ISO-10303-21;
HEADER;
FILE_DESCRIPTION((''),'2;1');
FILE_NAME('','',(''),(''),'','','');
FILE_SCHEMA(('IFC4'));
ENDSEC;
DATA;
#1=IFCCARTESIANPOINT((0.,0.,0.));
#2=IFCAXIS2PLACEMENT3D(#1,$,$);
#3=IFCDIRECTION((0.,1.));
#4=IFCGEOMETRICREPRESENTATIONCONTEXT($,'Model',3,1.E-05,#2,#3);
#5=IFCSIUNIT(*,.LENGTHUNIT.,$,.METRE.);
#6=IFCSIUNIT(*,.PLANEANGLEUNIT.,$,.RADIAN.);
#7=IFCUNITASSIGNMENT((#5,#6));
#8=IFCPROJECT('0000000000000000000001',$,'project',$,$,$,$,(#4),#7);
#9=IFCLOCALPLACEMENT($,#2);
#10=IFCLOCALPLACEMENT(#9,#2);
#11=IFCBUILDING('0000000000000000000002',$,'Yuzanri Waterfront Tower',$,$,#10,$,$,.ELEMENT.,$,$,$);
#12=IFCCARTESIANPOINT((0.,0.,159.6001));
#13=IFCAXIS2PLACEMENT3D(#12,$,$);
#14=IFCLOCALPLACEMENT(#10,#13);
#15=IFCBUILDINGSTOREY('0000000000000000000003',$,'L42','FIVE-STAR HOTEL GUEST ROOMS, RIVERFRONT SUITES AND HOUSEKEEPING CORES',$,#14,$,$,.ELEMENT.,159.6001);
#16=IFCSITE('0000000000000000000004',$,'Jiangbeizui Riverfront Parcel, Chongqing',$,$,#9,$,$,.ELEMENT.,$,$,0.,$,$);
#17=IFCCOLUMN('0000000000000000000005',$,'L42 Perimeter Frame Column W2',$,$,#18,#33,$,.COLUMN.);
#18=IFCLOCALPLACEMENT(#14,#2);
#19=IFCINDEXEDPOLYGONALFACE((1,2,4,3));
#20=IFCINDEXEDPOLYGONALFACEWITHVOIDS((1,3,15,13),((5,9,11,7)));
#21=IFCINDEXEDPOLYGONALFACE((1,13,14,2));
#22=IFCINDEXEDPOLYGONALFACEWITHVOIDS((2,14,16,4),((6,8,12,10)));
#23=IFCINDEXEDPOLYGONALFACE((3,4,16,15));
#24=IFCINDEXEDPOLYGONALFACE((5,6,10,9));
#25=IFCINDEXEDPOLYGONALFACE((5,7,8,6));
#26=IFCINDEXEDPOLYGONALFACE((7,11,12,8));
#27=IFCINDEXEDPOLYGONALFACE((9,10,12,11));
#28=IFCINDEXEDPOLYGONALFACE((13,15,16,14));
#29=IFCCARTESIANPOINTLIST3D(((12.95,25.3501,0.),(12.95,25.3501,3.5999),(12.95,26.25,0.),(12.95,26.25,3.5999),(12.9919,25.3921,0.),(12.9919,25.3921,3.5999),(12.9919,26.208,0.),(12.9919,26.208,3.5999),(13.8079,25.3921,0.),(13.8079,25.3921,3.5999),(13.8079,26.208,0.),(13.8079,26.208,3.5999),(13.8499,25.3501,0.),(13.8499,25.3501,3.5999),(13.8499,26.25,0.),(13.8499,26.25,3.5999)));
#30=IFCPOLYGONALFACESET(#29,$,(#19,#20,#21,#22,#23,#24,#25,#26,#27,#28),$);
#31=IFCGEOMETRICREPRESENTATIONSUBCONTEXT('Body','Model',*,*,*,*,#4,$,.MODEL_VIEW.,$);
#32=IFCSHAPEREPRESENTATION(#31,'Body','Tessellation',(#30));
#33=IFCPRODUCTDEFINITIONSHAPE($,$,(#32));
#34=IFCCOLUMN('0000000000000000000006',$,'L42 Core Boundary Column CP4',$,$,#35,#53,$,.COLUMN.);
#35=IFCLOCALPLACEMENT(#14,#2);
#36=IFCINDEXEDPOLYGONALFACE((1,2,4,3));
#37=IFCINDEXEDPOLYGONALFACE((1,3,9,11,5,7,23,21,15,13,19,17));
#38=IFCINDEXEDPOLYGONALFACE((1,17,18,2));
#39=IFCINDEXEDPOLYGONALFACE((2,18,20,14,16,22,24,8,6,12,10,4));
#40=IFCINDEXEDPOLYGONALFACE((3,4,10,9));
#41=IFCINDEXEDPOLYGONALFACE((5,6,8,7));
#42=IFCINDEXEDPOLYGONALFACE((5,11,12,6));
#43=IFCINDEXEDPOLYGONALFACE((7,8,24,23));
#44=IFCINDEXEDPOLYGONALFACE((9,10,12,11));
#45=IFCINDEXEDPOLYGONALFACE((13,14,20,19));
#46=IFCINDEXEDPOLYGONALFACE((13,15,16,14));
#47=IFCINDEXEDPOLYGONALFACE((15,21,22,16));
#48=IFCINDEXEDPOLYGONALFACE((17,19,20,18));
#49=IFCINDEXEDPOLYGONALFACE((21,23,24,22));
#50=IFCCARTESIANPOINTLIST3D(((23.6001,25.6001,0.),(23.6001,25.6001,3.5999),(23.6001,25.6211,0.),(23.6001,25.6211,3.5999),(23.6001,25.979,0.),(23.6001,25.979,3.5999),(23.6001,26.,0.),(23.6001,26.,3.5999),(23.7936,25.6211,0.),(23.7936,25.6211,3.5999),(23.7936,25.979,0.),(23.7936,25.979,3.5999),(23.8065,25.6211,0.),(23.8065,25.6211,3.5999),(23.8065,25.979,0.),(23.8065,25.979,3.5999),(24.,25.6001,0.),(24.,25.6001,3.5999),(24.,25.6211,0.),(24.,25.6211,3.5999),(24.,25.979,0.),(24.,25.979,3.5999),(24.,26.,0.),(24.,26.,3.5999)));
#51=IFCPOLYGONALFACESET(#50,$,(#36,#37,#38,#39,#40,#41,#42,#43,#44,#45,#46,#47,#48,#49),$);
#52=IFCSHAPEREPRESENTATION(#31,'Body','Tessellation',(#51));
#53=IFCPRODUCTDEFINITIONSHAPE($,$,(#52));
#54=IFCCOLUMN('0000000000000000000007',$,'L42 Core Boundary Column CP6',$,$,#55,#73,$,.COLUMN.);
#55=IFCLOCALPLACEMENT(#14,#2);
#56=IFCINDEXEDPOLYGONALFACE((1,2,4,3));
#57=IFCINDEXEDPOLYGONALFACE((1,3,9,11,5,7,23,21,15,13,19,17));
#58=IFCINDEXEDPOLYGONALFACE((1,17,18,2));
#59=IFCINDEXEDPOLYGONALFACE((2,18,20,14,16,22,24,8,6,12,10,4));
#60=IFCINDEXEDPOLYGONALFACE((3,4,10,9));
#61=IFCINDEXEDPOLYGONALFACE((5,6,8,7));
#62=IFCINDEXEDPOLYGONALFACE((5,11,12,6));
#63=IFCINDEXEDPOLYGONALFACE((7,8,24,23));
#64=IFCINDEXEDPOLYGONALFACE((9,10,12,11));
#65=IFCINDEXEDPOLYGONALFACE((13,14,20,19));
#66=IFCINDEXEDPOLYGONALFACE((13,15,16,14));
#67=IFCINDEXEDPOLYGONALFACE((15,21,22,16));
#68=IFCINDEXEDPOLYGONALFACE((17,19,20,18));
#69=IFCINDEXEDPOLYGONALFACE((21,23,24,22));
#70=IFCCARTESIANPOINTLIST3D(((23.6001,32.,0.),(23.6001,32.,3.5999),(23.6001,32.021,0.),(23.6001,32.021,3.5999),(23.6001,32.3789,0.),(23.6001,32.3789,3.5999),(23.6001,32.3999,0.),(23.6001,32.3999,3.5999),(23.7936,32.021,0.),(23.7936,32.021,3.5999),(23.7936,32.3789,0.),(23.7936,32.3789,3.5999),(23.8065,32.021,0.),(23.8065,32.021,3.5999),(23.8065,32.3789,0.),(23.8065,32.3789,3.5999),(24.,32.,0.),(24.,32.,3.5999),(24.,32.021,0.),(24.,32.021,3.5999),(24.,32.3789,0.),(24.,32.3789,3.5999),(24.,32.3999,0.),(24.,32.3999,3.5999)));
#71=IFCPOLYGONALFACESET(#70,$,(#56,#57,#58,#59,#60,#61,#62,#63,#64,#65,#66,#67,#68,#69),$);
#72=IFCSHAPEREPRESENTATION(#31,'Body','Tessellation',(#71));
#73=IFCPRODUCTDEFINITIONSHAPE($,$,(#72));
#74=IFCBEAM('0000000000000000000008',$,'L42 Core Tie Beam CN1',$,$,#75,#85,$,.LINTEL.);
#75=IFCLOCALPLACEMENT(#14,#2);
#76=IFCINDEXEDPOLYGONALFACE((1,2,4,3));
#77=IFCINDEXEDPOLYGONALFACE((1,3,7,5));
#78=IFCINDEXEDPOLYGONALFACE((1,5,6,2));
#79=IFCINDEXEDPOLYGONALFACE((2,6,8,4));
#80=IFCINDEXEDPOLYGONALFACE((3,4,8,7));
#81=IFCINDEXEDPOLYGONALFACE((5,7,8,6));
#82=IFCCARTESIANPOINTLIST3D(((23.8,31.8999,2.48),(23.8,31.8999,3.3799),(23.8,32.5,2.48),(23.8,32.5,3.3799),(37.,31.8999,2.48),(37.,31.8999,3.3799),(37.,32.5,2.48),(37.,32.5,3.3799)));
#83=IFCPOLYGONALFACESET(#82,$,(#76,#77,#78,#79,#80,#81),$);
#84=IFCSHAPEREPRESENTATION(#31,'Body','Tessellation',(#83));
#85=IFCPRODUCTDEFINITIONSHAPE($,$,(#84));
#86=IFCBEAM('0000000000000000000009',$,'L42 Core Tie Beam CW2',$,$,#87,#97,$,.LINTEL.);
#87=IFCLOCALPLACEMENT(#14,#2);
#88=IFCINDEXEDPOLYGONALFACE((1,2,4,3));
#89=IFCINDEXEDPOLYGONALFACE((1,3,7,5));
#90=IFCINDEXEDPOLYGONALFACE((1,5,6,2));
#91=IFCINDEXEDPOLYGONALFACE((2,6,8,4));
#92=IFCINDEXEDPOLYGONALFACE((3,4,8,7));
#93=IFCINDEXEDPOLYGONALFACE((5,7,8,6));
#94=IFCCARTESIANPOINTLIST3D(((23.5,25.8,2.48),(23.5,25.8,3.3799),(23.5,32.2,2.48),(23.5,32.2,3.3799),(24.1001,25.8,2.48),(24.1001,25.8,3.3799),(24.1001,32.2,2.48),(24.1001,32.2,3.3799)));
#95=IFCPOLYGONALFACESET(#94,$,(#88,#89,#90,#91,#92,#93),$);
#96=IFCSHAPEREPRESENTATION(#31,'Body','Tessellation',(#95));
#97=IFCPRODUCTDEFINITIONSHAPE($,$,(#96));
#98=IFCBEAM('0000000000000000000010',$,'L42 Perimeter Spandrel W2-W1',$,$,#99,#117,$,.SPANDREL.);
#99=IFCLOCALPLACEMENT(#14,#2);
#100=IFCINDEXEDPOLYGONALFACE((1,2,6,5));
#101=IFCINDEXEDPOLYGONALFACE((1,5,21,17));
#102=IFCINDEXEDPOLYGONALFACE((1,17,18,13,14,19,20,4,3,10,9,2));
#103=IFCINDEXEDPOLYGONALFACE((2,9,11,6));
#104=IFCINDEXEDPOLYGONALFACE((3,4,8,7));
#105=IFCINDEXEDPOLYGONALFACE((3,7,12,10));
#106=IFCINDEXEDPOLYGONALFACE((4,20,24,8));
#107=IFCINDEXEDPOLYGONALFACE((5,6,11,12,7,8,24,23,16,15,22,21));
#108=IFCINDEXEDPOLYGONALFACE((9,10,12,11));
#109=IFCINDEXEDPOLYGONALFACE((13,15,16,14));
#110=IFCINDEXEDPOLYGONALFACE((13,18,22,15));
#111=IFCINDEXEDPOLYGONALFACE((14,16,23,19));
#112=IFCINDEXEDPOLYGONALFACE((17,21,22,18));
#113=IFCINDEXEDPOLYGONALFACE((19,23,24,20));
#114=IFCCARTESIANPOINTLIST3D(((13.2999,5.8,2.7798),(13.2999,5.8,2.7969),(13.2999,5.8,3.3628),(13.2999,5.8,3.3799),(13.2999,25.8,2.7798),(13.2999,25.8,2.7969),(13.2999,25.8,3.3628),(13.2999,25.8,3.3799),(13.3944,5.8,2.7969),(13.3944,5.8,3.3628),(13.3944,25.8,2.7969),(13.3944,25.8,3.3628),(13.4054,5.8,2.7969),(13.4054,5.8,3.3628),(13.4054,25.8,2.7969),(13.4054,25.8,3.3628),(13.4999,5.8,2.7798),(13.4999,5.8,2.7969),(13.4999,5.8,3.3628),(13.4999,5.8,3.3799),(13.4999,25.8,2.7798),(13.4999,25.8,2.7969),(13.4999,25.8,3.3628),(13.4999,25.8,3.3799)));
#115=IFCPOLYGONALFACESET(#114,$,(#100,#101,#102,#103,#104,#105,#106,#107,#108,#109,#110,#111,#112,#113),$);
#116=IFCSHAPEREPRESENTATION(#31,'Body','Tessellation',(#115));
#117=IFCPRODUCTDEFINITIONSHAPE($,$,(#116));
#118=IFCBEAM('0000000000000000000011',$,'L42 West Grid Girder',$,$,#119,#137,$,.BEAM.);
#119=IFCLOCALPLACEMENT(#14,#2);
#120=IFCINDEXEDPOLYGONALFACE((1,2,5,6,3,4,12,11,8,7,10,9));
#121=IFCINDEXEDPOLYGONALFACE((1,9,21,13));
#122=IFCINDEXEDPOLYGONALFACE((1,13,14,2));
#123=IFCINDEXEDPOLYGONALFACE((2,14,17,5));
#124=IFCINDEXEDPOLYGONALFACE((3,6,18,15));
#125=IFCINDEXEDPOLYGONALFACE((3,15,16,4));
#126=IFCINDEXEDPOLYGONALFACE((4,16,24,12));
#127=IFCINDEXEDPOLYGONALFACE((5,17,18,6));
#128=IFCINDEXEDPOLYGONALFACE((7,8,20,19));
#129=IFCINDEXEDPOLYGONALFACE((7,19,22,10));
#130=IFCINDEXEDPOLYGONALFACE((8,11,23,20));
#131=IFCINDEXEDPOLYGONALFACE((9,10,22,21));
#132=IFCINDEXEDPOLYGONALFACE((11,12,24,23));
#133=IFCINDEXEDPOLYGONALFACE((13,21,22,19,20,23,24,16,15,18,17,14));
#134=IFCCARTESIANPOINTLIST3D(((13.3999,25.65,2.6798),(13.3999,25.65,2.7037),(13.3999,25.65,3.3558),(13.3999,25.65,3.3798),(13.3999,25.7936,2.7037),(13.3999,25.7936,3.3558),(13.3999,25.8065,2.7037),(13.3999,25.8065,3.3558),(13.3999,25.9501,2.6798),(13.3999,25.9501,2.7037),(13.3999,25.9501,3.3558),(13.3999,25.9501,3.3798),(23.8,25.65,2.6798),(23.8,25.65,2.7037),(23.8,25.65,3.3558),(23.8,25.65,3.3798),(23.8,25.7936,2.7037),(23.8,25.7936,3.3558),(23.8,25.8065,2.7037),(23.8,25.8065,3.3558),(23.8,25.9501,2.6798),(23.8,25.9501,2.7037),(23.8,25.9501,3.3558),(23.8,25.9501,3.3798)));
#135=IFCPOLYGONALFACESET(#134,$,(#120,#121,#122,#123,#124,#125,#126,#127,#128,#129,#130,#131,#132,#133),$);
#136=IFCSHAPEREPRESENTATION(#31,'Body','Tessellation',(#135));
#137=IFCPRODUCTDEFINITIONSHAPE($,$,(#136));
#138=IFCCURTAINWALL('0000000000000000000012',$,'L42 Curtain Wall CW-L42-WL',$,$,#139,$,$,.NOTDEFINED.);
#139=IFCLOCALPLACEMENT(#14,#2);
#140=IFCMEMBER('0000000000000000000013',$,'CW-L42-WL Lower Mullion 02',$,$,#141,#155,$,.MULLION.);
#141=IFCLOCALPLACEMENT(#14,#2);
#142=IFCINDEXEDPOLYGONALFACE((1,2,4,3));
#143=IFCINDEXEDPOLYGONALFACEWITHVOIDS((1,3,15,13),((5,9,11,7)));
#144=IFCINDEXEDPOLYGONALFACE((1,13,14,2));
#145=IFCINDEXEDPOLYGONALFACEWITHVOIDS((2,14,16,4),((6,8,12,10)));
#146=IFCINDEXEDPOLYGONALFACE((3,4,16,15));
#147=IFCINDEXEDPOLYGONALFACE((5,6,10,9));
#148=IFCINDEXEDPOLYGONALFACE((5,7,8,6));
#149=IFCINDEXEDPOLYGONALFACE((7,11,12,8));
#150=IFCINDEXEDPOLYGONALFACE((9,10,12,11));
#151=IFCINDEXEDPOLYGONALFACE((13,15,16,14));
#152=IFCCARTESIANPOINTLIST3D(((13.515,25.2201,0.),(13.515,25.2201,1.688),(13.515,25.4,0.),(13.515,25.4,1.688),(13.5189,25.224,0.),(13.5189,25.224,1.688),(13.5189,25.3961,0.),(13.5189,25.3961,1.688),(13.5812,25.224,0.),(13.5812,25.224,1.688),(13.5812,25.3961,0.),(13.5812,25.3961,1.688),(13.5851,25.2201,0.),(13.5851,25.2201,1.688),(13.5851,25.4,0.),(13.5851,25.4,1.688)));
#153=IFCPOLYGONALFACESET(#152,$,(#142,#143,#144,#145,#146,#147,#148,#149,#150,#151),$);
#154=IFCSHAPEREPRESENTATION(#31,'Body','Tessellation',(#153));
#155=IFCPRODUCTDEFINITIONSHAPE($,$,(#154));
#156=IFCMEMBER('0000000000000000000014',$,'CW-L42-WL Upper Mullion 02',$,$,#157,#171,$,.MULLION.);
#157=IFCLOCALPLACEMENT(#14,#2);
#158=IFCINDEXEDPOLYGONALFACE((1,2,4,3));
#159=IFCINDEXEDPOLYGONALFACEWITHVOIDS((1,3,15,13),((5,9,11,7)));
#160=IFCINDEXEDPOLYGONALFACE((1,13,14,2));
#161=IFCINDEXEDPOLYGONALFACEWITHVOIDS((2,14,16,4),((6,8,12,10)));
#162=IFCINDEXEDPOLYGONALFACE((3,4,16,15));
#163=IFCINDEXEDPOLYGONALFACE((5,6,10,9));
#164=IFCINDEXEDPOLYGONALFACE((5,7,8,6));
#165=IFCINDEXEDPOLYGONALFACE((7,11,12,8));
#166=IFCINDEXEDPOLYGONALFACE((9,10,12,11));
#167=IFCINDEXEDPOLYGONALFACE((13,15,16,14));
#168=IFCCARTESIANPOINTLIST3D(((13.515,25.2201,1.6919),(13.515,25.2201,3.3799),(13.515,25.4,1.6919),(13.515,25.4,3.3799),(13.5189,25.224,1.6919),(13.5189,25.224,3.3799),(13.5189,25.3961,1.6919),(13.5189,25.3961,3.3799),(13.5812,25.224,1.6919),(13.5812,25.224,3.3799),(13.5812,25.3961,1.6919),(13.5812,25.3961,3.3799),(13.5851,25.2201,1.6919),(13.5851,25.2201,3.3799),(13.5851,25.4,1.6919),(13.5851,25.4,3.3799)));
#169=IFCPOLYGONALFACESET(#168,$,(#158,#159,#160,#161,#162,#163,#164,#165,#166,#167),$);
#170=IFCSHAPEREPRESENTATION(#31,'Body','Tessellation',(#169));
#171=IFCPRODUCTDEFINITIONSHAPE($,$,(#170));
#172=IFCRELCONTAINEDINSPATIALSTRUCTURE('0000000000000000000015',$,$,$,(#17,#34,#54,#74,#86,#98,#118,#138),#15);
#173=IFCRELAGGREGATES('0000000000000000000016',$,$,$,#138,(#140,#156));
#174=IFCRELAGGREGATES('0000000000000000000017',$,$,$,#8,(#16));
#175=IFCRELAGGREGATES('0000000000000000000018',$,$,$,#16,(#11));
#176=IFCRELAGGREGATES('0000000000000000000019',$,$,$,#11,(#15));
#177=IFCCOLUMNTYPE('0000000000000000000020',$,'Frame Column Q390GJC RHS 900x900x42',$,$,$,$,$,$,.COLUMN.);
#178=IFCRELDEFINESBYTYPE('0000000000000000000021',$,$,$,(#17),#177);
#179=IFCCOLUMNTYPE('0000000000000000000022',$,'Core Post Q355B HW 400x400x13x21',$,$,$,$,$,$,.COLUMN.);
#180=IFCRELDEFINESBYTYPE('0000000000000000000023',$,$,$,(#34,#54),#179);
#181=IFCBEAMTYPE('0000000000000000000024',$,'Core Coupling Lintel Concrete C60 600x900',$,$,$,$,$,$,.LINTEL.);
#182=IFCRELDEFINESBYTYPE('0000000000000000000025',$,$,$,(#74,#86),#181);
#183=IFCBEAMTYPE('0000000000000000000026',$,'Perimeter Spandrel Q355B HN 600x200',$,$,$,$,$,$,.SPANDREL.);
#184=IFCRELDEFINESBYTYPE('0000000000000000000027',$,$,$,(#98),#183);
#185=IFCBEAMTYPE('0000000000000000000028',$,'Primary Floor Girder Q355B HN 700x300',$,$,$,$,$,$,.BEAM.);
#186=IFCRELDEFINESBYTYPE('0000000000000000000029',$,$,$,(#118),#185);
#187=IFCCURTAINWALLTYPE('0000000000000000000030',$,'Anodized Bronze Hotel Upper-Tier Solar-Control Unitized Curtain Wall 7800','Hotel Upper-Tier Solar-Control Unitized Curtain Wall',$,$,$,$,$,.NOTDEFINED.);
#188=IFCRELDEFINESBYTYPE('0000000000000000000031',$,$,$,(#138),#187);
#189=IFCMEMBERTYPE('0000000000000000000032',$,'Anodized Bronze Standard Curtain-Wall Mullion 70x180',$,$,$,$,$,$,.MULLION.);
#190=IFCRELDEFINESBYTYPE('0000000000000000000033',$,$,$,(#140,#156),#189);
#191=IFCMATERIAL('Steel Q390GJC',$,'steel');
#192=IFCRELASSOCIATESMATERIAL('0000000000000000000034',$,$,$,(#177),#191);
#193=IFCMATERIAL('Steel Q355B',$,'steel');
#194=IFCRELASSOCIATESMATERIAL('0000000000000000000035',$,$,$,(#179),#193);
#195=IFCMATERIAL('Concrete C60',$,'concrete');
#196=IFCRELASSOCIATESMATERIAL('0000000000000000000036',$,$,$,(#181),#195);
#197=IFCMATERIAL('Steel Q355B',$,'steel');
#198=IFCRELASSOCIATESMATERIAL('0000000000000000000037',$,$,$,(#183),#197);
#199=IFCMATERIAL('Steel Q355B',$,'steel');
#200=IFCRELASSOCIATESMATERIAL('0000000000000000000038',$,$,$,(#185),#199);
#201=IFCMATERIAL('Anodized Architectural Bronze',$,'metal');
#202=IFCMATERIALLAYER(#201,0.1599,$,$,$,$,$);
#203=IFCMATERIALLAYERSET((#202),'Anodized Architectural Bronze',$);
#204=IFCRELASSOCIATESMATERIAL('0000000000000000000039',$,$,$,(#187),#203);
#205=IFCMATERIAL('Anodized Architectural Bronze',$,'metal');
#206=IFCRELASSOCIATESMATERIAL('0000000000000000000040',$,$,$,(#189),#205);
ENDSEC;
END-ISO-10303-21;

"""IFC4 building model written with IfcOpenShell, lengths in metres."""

from ifc_helpers import new_model, si_unit, direction, frame, origin, origin_2d, place, context, subcontext, project, spatial, rectangle, hollow_rectangle, i_section, extrude, source, transform, mapped, material, layer, layer_set, material_profile, profile_set, type_object, element, aggregate, save


model = new_model("IFC4")

# Units and contexts
model_context = context("Model", 3, precision=1e-05, world=origin(), true_north=direction((0.0, 1.0)))
body_context = subcontext(model_context, "Body", "Model", "MODEL_VIEW")
ifc_project = project(units=[si_unit("LENGTHUNIT", "METRE"), si_unit("PLANEANGLEUNIT", "RADIAN")], contexts=[model_context])

# Site, building, storey
site_placement = place(None, origin())
site = spatial("IfcSite", under=ifc_project, at=site_placement, Name="Jiangbeizui Riverfront Parcel, Chongqing", CompositionType="ELEMENT", RefElevation=0.0)
building_placement = place(site_placement, origin())
building = spatial("IfcBuilding", under=site, at=building_placement, Name="Yuzanri Waterfront Tower", CompositionType="ELEMENT")
storey_placement = place(building_placement, frame((0.0, 0.0, 159.6001)))
storey = spatial("IfcBuildingStorey", under=building, at=storey_placement, Name="L42", Description="FIVE-STAR HOTEL GUEST ROOMS, RIVERFRONT SUITES AND HOUSEKEEPING CORES", CompositionType="ELEMENT", Elevation=159.6001)

# Columns
ifc_material_1 = material(Name="Steel Q390GJC", Category="steel")
ifc_material_profile_1 = material_profile(ifc_material_1, hollow_rectangle(XDim=0.8999, YDim=0.8999, WallThickness=0.042, at=origin_2d()), Name="RHS 900x900x42")
ifc_profile_set_1 = profile_set([ifc_material_profile_1], Name="Steel Q390GJC")
column_type_1 = type_object("IfcColumnType", Name="Frame Column Q390GJC RHS 900x900x42", PredefinedType="COLUMN", material=ifc_profile_set_1)
shared_shape_1 = source(origin(), body_context, "Body", "SweptSolid", [
    extrude(hollow_rectangle(XDim=0.8999, YDim=0.8999, WallThickness=0.042, at=origin_2d()), origin(), (0.0, 0.0, 1.0), 3.5999),
])
column_placement = place(storey_placement, frame((13.3999, 25.8, 0.0), z_axis=(0.0, 0.0, 1.0), x_axis=(1.0, 0.0, 0.0)))
element("IfcColumn", 1, at=column_placement, inside=storey, type_object=column_type_1, Name="L42 Perimeter Frame Column W2", PredefinedType="COLUMN", context=body_context, shape_type="MappedRepresentation", body=[
    mapped(shared_shape_1, transform((0.0, 0.0, 0.0), scale=1.0)),
])
ifc_material_2 = material(Name="Steel Q355B", Category="steel")
ifc_material_profile_2 = material_profile(ifc_material_2, i_section(OverallWidth=0.3999, OverallDepth=0.3999, WebThickness=0.0129, FlangeThickness=0.021, at=origin_2d()), Name="HW 400x400x13x21")
ifc_profile_set_2 = profile_set([ifc_material_profile_2], Name="Steel Q355B")
column_type_2 = type_object("IfcColumnType", Name="Core Post Q355B HW 400x400x13x21", PredefinedType="COLUMN", material=ifc_profile_set_2)
shared_shape_2 = source(origin(), body_context, "Body", "SweptSolid", [
    extrude(i_section(OverallWidth=0.3999, OverallDepth=0.3999, WebThickness=0.0129, FlangeThickness=0.021, at=origin_2d()), origin(), (0.0, 0.0, 1.0), 3.5999),
])
for number, where, z_axis, x_axis, name in (
    (2, (23.8, 25.8, 0.0), (0.0, 0.0, 1.0), (1.0, 0.0, 0.0), "L42 Core Boundary Column CP4"),
    (3, (23.8, 32.2, 0.0), (0.0, 0.0, 1.0), (1.0, 0.0, 0.0), "L42 Core Boundary Column CP6"),
):
    element("IfcColumn", number, at=place(storey_placement, frame(where, z_axis=z_axis, x_axis=x_axis)), inside=storey, type_object=column_type_2, Name=name, PredefinedType="COLUMN", context=body_context, shape_type="MappedRepresentation", body=[
        mapped(shared_shape_2, transform((0.0, 0.0, 0.0), scale=1.0)),
    ])

# Beams
ifc_material_3 = material(Name="Concrete C60", Category="concrete")
ifc_material_profile_3 = material_profile(ifc_material_3, rectangle(XDim=0.6001, YDim=0.8999, at=origin_2d()), Name="RC 600x900")
ifc_profile_set_3 = profile_set([ifc_material_profile_3], Name="Concrete C60")
beam_type_1 = type_object("IfcBeamType", Name="Core Coupling Lintel Concrete C60 600x900", PredefinedType="LINTEL", material=ifc_profile_set_3)
shared_shape_3 = source(origin(), body_context, "Body", "SweptSolid", [
    extrude(rectangle(XDim=0.6001, YDim=0.8999, at=origin_2d()), origin(), (0.0, 0.0, 1.0), 13.2),
])
beam_1_placement = place(storey_placement, frame((23.8, 32.2, 2.9299), z_axis=(1.0, 0.0, 0.0), x_axis=(0.0, 1.0, 0.0)))
element("IfcBeam", 4, at=beam_1_placement, inside=storey, type_object=beam_type_1, Name="L42 Core Tie Beam CN1", PredefinedType="LINTEL", context=body_context, shape_type="MappedRepresentation", body=[
    mapped(shared_shape_3, transform((0.0, 0.0, 0.0), scale=1.0)),
])
shared_shape_4 = source(origin(), body_context, "Body", "SweptSolid", [
    extrude(rectangle(XDim=0.6001, YDim=0.8999, at=origin_2d()), origin(), (0.0, 0.0, 1.0), 6.3999),
])
beam_2_placement = place(storey_placement, frame((23.8, 25.8, 2.9299), z_axis=(0.0, 1.0, 0.0), x_axis=(-1.0, 0.0, 0.0)))
element("IfcBeam", 5, at=beam_2_placement, inside=storey, type_object=beam_type_1, Name="L42 Core Tie Beam CW2", PredefinedType="LINTEL", context=body_context, shape_type="MappedRepresentation", body=[
    mapped(shared_shape_4, transform((0.0, 0.0, 0.0), scale=1.0)),
])
ifc_material_4 = material(Name="Steel Q355B", Category="steel")
ifc_material_profile_4 = material_profile(ifc_material_4, i_section(OverallWidth=0.2, OverallDepth=0.6001, WebThickness=0.011, FlangeThickness=0.0171, at=origin_2d()), Name="HN 600x200x11x17")
ifc_profile_set_4 = profile_set([ifc_material_profile_4], Name="Steel Q355B")
beam_type_2 = type_object("IfcBeamType", Name="Perimeter Spandrel Q355B HN 600x200", PredefinedType="SPANDREL", material=ifc_profile_set_4)
shared_shape_5 = source(origin(), body_context, "Body", "SweptSolid", [
    extrude(i_section(OverallWidth=0.2, OverallDepth=0.6001, WebThickness=0.011, FlangeThickness=0.0171, at=origin_2d()), origin(), (0.0, 0.0, 1.0), 20.0),
])
beam_3_placement = place(storey_placement, frame((13.3999, 25.8, 3.0798), z_axis=(0.0, -1.0, 0.0), x_axis=(1.0, 0.0, 0.0)))
element("IfcBeam", 6, at=beam_3_placement, inside=storey, type_object=beam_type_2, Name="L42 Perimeter Spandrel W2-W1", PredefinedType="SPANDREL", context=body_context, shape_type="MappedRepresentation", body=[
    mapped(shared_shape_5, transform((0.0, 0.0, 0.0), scale=1.0)),
])
ifc_material_5 = material(Name="Steel Q355B", Category="steel")
ifc_material_profile_5 = material_profile(ifc_material_5, i_section(OverallWidth=0.3, OverallDepth=0.7, WebThickness=0.0129, FlangeThickness=0.0239, at=origin_2d()), Name="HN 700x300x13x24")
ifc_profile_set_5 = profile_set([ifc_material_profile_5], Name="Steel Q355B")
beam_type_3 = type_object("IfcBeamType", Name="Primary Floor Girder Q355B HN 700x300", PredefinedType="BEAM", material=ifc_profile_set_5)
shared_shape_6 = source(origin(), body_context, "Body", "SweptSolid", [
    extrude(i_section(OverallWidth=0.3, OverallDepth=0.7, WebThickness=0.0129, FlangeThickness=0.0239, at=origin_2d()), origin(), (0.0, 0.0, 1.0), 10.4001),
])
beam_4_placement = place(storey_placement, frame((23.8, 25.8, 3.0298), z_axis=(-1.0, 0.0, 0.0), x_axis=(0.0, -1.0, 0.0)))
element("IfcBeam", 7, at=beam_4_placement, inside=storey, type_object=beam_type_3, Name="L42 West Grid Girder", PredefinedType="BEAM", context=body_context, shape_type="MappedRepresentation", body=[
    mapped(shared_shape_6, transform((0.0, 0.0, 0.0), scale=1.0)),
])

# Curtain wall, members
ifc_material_6 = material(Name="Anodized Architectural Bronze", Category="metal")
ifc_layer_1 = layer(ifc_material_6, 0.1599)
ifc_layer_set_1 = layer_set([ifc_layer_1], Name="Anodized Architectural Bronze")
curtain_wall_type = type_object("IfcCurtainWallType", Name="Anodized Bronze Hotel Upper-Tier Solar-Control Unitized Curtain Wall 7800", Description="Hotel Upper-Tier Solar-Control Unitized Curtain Wall", PredefinedType="NOTDEFINED", material=ifc_layer_set_1)
curtain_wall_1_placement = place(storey_placement, origin())
curtain_wall_1 = element("IfcCurtainWall", 8, at=curtain_wall_1_placement, inside=storey, type_object=curtain_wall_type, Name="L42 Curtain Wall CW-L42-WL", PredefinedType="NOTDEFINED")
ifc_material_7 = material(Name="Anodized Architectural Bronze", Category="metal")
ifc_material_profile_6 = material_profile(ifc_material_7, hollow_rectangle(XDim=0.0701, YDim=0.1799, WallThickness=0.0039, at=origin_2d()), Name="CWM 70x180")
ifc_profile_set_6 = profile_set([ifc_material_profile_6], Name="Anodized Architectural Bronze")
member_type_1 = type_object("IfcMemberType", Name="Anodized Bronze Standard Curtain-Wall Mullion 70x180", PredefinedType="MULLION", material=ifc_profile_set_6)
shared_shape_7 = source(origin(), body_context, "Body", "SweptSolid", [
    extrude(hollow_rectangle(XDim=0.0701, YDim=0.1799, WallThickness=0.0039, at=origin_2d()), origin(), (0.0, 0.0, 1.0), 1.688),
])
member_1_placement = place(storey_placement, frame((13.55, 25.3101, 0.0), z_axis=(0.0, 0.0, 1.0), x_axis=(1.0, 0.0, 0.0)))
member_1 = element("IfcMember", 9, at=member_1_placement, type_object=member_type_1, Name="CW-L42-WL Lower Mullion 02", PredefinedType="MULLION", context=body_context, shape_type="MappedRepresentation", body=[
    mapped(shared_shape_7, transform((0.0, 0.0, 0.0), scale=1.0)),
])
member_2_placement = place(storey_placement, frame((13.55, 25.3101, 1.6919), z_axis=(0.0, 0.0, 1.0), x_axis=(1.0, 0.0, 0.0)))
member_2 = element("IfcMember", 10, at=member_2_placement, type_object=member_type_1, Name="CW-L42-WL Upper Mullion 02", PredefinedType="MULLION", context=body_context, shape_type="MappedRepresentation", body=[
    mapped(shared_shape_7, transform((0.0, 0.0, 0.0), scale=1.0)),
])
aggregate(curtain_wall_1, [member_1, member_2])

save(model, "model.ifc")
